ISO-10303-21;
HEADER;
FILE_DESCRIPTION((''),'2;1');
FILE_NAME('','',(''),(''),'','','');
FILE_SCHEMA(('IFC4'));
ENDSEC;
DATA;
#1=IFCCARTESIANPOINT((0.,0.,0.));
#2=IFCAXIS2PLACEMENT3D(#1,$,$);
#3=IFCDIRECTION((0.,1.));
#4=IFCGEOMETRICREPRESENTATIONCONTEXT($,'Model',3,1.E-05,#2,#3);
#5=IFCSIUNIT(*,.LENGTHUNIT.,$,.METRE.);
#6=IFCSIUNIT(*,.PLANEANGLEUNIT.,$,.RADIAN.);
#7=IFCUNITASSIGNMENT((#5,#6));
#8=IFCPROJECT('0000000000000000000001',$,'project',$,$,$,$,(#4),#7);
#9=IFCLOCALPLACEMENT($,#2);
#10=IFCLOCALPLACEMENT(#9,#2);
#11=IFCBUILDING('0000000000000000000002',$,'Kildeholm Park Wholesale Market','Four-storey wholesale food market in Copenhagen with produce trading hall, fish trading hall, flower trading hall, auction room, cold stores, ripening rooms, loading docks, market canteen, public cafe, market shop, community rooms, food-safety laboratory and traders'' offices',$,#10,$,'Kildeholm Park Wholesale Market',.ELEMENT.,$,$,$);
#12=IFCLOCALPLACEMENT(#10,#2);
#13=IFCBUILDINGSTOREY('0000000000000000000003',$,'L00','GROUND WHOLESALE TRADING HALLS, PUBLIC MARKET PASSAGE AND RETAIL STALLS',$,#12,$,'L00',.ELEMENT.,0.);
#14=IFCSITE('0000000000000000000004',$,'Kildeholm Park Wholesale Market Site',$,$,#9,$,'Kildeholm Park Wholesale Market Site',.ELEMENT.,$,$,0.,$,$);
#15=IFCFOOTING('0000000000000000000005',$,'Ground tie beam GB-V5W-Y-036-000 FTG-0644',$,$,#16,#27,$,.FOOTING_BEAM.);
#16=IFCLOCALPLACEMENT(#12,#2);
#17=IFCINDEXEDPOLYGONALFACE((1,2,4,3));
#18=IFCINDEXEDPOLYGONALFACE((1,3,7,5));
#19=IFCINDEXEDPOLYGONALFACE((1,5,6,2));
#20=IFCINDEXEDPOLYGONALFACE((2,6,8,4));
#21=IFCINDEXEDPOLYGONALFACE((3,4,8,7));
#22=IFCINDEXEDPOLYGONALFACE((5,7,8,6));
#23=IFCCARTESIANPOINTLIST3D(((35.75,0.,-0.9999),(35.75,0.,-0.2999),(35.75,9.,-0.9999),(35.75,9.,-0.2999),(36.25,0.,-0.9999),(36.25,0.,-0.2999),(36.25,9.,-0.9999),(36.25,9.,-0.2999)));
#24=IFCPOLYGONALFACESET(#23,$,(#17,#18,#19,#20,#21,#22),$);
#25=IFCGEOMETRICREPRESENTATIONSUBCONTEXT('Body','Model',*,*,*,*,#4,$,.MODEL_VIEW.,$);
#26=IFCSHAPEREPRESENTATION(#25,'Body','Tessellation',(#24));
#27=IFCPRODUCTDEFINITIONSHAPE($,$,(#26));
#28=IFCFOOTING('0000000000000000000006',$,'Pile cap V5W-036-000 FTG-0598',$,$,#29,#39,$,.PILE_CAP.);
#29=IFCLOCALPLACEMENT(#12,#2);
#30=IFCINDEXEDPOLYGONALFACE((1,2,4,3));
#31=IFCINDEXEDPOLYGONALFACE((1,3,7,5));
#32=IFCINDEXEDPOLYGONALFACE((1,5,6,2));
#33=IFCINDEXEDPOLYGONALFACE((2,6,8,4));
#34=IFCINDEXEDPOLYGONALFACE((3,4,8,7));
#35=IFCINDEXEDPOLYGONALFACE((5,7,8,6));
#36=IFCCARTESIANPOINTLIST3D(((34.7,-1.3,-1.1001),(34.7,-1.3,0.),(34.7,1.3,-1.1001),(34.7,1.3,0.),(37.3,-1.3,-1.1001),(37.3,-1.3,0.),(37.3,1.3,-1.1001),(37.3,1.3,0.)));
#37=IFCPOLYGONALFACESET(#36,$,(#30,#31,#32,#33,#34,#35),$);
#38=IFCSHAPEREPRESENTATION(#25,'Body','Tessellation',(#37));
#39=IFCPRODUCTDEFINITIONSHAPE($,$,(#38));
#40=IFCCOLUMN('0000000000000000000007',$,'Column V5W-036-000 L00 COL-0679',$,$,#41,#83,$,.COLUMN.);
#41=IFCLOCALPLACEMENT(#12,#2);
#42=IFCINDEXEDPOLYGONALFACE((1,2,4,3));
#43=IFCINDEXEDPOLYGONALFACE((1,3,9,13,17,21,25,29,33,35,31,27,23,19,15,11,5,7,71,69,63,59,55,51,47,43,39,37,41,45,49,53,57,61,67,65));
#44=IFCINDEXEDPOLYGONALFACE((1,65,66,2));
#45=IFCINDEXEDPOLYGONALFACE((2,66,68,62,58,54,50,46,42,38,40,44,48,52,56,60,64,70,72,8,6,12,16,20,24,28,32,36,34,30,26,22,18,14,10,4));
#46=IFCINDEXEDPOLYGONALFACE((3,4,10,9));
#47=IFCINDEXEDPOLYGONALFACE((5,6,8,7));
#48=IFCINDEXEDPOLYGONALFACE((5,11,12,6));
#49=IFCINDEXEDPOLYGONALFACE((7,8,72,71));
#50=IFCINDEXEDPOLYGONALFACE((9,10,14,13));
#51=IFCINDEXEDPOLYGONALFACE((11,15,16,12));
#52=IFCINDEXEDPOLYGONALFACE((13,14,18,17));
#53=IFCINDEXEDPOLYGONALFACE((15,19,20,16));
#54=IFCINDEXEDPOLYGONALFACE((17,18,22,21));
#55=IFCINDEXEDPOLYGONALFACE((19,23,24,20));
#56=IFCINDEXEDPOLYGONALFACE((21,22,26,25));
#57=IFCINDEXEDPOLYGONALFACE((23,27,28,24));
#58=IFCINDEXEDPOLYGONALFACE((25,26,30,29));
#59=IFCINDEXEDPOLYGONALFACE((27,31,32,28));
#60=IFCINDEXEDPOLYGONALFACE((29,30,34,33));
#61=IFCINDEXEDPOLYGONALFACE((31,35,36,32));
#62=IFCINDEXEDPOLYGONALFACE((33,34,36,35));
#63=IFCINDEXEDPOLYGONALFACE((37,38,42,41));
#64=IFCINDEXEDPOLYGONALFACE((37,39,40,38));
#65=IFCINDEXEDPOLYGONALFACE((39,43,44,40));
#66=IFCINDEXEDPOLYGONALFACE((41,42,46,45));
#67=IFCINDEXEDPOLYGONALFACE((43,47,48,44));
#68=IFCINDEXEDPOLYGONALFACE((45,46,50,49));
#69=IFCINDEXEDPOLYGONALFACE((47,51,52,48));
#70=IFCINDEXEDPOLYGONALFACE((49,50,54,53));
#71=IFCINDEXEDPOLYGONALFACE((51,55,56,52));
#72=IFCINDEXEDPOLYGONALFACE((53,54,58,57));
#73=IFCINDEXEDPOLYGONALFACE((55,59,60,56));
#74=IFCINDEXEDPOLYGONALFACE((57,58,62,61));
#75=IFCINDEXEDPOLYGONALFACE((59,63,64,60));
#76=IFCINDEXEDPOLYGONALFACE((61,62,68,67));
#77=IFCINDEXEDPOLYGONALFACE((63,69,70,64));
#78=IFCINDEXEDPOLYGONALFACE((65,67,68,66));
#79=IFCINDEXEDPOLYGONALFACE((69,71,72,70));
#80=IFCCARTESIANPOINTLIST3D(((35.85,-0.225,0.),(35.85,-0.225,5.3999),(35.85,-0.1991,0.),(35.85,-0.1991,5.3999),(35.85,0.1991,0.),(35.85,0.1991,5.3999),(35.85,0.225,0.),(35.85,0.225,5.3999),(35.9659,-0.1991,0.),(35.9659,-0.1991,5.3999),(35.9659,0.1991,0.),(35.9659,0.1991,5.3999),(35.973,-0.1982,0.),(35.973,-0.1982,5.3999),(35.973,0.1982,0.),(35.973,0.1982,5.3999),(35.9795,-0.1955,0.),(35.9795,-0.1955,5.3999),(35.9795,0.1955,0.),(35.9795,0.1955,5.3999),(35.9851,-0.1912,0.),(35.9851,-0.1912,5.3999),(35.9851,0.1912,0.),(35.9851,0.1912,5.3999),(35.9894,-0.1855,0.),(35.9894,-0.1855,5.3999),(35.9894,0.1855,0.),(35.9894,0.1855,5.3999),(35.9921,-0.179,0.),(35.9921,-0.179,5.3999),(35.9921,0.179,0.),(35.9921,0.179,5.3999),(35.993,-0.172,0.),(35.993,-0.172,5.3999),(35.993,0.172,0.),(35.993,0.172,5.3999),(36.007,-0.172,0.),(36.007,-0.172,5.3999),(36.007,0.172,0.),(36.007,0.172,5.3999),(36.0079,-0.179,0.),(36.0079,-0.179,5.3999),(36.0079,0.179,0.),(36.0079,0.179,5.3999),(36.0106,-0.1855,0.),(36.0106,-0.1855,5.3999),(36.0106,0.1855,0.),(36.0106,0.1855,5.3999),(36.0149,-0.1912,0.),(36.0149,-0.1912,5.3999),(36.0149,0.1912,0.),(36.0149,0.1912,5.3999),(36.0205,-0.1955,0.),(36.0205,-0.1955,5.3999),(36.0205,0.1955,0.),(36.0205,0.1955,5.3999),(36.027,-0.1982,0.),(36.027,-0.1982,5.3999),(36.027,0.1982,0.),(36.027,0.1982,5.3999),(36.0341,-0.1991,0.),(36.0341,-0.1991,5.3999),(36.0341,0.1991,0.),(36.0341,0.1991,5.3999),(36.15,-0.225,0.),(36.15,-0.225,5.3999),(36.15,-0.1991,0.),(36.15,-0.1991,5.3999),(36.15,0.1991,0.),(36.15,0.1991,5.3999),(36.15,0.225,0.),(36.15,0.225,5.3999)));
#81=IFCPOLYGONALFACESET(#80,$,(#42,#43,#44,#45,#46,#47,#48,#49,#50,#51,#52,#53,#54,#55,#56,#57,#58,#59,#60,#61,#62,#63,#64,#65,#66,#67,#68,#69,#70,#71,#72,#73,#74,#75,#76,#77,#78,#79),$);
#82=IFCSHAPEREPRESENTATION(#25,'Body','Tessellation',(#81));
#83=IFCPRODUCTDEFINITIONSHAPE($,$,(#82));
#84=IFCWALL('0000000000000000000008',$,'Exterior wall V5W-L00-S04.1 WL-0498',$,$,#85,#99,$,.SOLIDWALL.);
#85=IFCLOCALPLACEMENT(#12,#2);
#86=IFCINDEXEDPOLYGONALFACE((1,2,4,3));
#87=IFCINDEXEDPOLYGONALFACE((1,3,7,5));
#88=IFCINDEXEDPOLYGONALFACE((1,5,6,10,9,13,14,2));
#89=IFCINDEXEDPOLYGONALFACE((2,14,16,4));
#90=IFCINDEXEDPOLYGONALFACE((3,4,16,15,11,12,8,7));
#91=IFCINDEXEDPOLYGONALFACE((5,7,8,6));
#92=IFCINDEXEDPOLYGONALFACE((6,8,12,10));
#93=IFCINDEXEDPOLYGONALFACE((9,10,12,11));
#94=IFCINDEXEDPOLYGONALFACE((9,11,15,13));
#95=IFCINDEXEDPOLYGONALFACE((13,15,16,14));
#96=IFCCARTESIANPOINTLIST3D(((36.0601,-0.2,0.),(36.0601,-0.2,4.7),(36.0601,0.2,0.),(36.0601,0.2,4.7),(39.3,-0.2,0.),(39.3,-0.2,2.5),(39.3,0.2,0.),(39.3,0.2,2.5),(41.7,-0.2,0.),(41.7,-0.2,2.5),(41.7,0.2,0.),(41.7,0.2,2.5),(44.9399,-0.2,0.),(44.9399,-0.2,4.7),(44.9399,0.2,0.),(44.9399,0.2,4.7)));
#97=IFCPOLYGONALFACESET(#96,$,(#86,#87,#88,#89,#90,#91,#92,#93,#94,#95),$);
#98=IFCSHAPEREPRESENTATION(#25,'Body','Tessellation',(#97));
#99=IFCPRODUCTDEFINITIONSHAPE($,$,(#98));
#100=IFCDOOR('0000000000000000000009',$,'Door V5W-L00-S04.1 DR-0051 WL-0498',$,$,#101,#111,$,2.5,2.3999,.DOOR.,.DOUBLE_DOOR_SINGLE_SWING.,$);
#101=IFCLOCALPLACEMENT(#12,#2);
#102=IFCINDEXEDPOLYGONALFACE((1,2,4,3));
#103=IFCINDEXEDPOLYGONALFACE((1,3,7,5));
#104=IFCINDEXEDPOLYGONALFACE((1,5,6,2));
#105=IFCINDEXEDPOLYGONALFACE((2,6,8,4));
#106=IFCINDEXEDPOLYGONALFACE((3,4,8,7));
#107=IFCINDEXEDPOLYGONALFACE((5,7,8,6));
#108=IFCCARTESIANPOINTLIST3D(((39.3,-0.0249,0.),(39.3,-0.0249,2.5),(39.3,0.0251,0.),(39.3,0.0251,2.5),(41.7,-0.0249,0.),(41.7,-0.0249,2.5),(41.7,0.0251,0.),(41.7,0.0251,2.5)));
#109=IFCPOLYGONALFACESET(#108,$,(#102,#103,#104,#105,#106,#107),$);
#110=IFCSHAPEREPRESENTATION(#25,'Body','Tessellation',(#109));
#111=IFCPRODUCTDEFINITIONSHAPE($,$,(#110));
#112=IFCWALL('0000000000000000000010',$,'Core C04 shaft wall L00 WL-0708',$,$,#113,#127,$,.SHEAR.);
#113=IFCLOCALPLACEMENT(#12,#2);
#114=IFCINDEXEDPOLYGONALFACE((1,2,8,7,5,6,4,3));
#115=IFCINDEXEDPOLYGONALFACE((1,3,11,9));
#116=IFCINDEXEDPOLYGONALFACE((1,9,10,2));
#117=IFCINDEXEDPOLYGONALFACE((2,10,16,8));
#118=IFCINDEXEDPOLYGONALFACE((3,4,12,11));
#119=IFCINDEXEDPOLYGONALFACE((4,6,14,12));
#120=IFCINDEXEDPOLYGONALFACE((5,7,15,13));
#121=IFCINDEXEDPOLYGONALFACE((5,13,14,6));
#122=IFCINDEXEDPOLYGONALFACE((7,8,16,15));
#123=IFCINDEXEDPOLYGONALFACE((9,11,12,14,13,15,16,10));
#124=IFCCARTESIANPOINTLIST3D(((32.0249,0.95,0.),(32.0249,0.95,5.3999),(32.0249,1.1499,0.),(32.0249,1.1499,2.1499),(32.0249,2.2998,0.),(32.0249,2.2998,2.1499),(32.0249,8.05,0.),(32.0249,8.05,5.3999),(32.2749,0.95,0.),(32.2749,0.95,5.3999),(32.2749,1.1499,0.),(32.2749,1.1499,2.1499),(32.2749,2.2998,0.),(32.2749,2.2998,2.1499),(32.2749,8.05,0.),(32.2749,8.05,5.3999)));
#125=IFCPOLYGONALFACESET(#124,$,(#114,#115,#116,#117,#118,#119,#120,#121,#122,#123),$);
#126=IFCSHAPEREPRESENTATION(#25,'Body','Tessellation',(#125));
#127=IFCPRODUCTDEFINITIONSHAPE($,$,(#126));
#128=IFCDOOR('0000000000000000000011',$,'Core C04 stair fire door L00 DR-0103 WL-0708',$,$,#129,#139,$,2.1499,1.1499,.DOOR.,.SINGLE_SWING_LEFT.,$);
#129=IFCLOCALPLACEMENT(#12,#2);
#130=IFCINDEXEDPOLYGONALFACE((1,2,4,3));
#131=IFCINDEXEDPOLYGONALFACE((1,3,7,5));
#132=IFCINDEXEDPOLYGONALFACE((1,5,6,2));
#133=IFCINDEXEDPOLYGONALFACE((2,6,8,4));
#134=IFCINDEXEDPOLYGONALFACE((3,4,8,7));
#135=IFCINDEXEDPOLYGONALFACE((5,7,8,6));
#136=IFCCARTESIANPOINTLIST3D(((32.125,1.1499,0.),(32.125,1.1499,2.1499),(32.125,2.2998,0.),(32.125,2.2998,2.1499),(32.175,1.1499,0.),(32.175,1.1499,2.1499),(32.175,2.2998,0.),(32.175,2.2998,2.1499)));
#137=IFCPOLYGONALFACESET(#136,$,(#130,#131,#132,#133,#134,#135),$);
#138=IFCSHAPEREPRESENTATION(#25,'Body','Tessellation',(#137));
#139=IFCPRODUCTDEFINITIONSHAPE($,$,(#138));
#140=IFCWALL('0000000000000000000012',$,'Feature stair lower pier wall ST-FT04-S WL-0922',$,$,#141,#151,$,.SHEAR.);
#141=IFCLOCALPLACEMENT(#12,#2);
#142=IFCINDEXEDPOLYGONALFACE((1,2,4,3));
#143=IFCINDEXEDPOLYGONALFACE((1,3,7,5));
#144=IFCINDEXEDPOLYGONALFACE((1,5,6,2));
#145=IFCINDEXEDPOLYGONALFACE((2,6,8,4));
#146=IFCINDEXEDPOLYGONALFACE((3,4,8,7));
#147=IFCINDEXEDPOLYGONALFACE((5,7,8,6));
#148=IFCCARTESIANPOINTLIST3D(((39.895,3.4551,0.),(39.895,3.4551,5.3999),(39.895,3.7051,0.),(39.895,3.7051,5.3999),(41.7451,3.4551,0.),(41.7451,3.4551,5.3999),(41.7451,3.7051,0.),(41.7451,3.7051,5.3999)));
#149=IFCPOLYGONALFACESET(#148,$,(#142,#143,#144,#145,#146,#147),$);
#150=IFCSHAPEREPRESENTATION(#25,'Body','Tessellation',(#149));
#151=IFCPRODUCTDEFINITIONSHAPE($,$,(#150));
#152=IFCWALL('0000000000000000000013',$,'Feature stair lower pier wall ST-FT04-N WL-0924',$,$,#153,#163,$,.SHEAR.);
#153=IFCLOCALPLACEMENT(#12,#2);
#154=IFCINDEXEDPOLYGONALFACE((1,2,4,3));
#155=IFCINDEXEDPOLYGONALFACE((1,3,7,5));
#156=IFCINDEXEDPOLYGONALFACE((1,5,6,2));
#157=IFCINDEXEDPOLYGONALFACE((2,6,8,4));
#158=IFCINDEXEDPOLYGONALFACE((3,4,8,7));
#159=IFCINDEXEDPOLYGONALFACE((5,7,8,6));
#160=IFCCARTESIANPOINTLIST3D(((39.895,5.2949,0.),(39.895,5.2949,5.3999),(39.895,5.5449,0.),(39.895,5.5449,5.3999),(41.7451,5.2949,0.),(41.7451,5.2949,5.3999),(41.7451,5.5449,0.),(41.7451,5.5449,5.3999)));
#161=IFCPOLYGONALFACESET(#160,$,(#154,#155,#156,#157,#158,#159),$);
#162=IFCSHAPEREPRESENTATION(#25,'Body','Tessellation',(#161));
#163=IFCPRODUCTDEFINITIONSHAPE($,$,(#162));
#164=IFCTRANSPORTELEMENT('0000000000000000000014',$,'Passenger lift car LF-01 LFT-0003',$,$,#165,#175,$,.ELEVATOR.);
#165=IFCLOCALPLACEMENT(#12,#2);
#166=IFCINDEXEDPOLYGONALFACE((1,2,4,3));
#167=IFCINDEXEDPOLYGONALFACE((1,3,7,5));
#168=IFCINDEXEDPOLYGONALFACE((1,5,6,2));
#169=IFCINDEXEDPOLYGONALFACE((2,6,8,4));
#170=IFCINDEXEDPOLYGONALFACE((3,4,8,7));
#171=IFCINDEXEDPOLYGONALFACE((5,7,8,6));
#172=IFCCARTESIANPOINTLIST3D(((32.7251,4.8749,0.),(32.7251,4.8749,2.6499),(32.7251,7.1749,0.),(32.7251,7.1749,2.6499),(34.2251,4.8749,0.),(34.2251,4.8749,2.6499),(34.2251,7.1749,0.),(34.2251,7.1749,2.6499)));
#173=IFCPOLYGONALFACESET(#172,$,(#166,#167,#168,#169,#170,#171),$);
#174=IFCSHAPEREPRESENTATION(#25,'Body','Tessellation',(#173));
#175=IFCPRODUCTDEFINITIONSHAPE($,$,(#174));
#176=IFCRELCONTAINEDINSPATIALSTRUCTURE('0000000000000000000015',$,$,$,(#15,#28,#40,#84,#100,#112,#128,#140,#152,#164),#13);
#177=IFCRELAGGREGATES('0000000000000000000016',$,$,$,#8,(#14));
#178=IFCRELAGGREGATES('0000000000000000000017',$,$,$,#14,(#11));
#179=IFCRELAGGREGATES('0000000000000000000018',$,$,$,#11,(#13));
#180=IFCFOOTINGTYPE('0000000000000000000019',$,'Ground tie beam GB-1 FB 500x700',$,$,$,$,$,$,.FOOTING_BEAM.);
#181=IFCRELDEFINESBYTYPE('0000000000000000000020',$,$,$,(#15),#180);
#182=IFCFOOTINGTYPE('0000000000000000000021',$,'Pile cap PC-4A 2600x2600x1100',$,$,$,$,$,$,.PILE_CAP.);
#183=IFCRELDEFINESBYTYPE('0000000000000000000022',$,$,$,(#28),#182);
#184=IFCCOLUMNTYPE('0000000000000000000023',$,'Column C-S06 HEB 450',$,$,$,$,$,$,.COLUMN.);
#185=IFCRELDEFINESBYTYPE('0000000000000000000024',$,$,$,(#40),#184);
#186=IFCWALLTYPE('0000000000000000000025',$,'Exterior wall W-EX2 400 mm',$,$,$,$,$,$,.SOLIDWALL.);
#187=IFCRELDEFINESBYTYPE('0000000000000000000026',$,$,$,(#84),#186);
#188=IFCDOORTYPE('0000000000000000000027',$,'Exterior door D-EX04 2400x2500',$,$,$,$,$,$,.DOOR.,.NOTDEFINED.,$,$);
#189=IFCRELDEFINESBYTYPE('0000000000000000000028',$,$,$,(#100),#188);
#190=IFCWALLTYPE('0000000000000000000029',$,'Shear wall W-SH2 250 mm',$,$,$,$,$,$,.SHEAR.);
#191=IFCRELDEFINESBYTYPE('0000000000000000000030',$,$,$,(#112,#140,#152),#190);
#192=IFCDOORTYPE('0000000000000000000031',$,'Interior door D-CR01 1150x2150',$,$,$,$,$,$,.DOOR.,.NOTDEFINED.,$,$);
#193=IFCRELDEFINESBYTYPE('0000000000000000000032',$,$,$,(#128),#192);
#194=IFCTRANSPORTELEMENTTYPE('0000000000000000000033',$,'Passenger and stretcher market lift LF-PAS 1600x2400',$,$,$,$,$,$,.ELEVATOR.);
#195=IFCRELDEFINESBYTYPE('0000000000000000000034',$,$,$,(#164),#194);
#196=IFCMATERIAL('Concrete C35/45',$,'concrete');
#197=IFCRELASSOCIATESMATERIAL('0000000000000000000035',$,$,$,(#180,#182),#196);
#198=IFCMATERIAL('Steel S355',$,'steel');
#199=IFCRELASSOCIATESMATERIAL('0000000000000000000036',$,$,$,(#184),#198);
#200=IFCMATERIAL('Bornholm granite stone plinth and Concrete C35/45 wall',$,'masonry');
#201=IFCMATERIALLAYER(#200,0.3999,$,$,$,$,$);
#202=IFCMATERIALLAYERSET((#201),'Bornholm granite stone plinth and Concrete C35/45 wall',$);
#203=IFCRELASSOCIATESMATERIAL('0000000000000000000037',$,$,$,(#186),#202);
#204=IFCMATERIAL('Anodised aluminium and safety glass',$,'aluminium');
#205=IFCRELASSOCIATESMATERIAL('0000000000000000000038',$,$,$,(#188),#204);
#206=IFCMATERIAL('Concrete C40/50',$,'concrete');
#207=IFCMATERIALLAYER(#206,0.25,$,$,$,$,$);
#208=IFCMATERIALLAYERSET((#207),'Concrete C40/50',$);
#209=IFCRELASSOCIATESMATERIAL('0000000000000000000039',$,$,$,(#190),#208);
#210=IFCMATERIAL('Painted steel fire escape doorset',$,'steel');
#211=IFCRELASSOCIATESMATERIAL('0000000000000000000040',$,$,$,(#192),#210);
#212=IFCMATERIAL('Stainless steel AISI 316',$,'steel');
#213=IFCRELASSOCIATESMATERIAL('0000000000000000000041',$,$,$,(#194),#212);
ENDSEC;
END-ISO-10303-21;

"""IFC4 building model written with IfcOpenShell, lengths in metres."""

from ifc_helpers import new_model, si_unit, direction, frame, frame_2d, origin, origin_2d, place, context, subcontext, project, spatial, rectangle, i_section, extrude, material, layer, layer_set, material_profile, profile_set, type_object, element, fill, save


model = new_model("IFC4")

# Units and contexts
model_context = context("Model", 3, precision=1e-05, world=origin(), true_north=direction((0.0, 1.0)))
body_context = subcontext(model_context, "Body", "Model", "MODEL_VIEW")
ifc_project = project(units=[si_unit("LENGTHUNIT", "METRE"), si_unit("PLANEANGLEUNIT", "RADIAN")], contexts=[model_context])

# Site, building, storey
site_placement = place(None, origin())
site = spatial("IfcSite", under=ifc_project, at=site_placement, Name="Kildeholm Park Wholesale Market Site", LongName="Kildeholm Park Wholesale Market Site", CompositionType="ELEMENT", RefElevation=0.0)
building_placement = place(site_placement, origin())
building = spatial("IfcBuilding", under=site, at=building_placement, Name="Kildeholm Park Wholesale Market", Description="Four-storey wholesale food market in Copenhagen with produce trading hall, fish trading hall, flower trading hall, auction room, cold stores, ripening rooms, loading docks, market canteen, public cafe, market shop, community rooms, food-safety laboratory and traders' offices", LongName="Kildeholm Park Wholesale Market", CompositionType="ELEMENT")
storey_placement = place(building_placement, origin())
storey = spatial("IfcBuildingStorey", under=building, at=storey_placement, Name="L00", Description="GROUND WHOLESALE TRADING HALLS, PUBLIC MARKET PASSAGE AND RETAIL STALLS", LongName="L00", CompositionType="ELEMENT", Elevation=0.0)

# Shared definitions
ifc_material_1 = material(Name="Concrete C35/45", Category="concrete")

# Footings
ifc_material_profile_1 = material_profile(ifc_material_1, rectangle(XDim=0.5, YDim=0.7, at=origin_2d()), Name="FB 500x700")
ifc_profile_set_1 = profile_set([ifc_material_profile_1], Name="Concrete C35/45")
footing_type_1 = type_object("IfcFootingType", Name="Ground tie beam GB-1 FB 500x700", PredefinedType="FOOTING_BEAM", material=ifc_profile_set_1)
for number, where, z_axis, x_axis, name in (
    (1, (36.0, 0.0, -0.6499), (0.0, 1.0, 0.0), (-1.0, 0.0, 0.0), "Ground tie beam GB-V5W-Y-036-000 FTG-0644"),
):
    element("IfcFooting", number, at=place(storey_placement, frame(where, z_axis=z_axis, x_axis=x_axis)), inside=storey, type_object=footing_type_1, Name=name, PredefinedType="FOOTING_BEAM", context=body_context, shape_type="SweptSolid", body=[
        extrude(rectangle(XDim=0.5, YDim=0.7, at=origin_2d()), origin(), (0.0, 0.0, 1.0), 9.0),
    ])
footing_type_2 = type_object("IfcFootingType", Name="Pile cap PC-4A 2600x2600x1100", PredefinedType="PILE_CAP", material=ifc_material_1)
footing_placement = place(storey_placement, frame((36.0, 0.0, -1.1001), z_axis=(0.0, 0.0, 1.0), x_axis=(1.0, 0.0, 0.0)))
element("IfcFooting", 2, at=footing_placement, inside=storey, type_object=footing_type_2, Name="Pile cap V5W-036-000 FTG-0598", PredefinedType="PILE_CAP", context=body_context, shape_type="SweptSolid", body=[
    extrude(rectangle(XDim=2.6001, YDim=2.6001, at=origin_2d()), origin(), (0.0, 0.0, 1.0), 1.1001),
])

# Column
ifc_material_2 = material(Name="Steel S355", Category="steel")
ifc_material_profile_2 = material_profile(ifc_material_2, i_section(OverallWidth=0.3, OverallDepth=0.45, WebThickness=0.0139, FlangeThickness=0.0259, FilletRadius=0.0271, at=origin_2d()), Name="HEB 450")
ifc_profile_set_2 = profile_set([ifc_material_profile_2], Name="Steel S355")
column_type = type_object("IfcColumnType", Name="Column C-S06 HEB 450", PredefinedType="COLUMN", material=ifc_profile_set_2)
column_placement = place(storey_placement, frame((36.0, 0.0, 0.0), z_axis=(0.0, 0.0, 1.0), x_axis=(1.0, 0.0, 0.0)))
element("IfcColumn", 3, at=column_placement, inside=storey, type_object=column_type, Name="Column V5W-036-000 L00 COL-0679", PredefinedType="COLUMN", context=body_context, shape_type="SweptSolid", body=[
    extrude(i_section(OverallWidth=0.3, OverallDepth=0.45, WebThickness=0.0139, FlangeThickness=0.0259, FilletRadius=0.0271, at=origin_2d()), origin(), (0.0, 0.0, 1.0), 5.3999),
])

# Walls, openings, doors
ifc_material_3 = material(Name="Bornholm granite stone plinth and Concrete C35/45 wall", Category="masonry")
ifc_layer_1 = layer(ifc_material_3, 0.3999)
ifc_layer_set_1 = layer_set([ifc_layer_1], Name="Bornholm granite stone plinth and Concrete C35/45 wall")
wall_type_1 = type_object("IfcWallType", Name="Exterior wall W-EX2 400 mm", PredefinedType="SOLIDWALL", material=ifc_layer_set_1)
wall_1_placement = place(storey_placement, frame((36.0601, 0.0, 0.0), z_axis=(0.0, 0.0, 1.0), x_axis=(1.0, 0.0, 0.0)))
wall_1 = element("IfcWall", 4, at=wall_1_placement, inside=storey, type_object=wall_type_1, Name="Exterior wall V5W-L00-S04.1 WL-0498", PredefinedType="SOLIDWALL", context=body_context, shape_type="SweptSolid", body=[
    extrude(rectangle(XDim=8.8799, YDim=0.3999, at=frame_2d((4.4399, 0.0))), origin(), (0.0, 0.0, 1.0), 4.7),
])
opening_1_placement = place(wall_1_placement, frame((3.24, 0.0, 0.0)))
opening_1 = element("IfcOpeningElement", 5, at=opening_1_placement, cuts=wall_1, PredefinedType="OPENING", context=body_context, shape_type="SweptSolid", body=[
    extrude(rectangle(XDim=2.3999, YDim=2.5, at=frame_2d((1.2, 1.25))), frame((0.0, 0.21, 0.0), z_axis=(0.0, -1.0, 0.0), x_axis=(1.0, 0.0, 0.0)), (0.0, 0.0, 1.0), 0.4199),
])
ifc_material_4 = material(Name="Anodised aluminium and safety glass", Category="aluminium")
door_type_1 = type_object("IfcDoorType", Name="Exterior door D-EX04 2400x2500", OperationType="NOTDEFINED", PredefinedType="DOOR", material=ifc_material_4)
door_1_placement = place(opening_1_placement, frame((2.3999, 0.0, 0.0), z_axis=(0.0, 0.0, 1.0), x_axis=(-1.0, 0.0, 0.0)))
door_1 = element("IfcDoor", 6, at=door_1_placement, inside=storey, type_object=door_type_1, Name="Door V5W-L00-S04.1 DR-0051 WL-0498", OperationType="DOUBLE_DOOR_SINGLE_SWING", OverallHeight=2.5, OverallWidth=2.3999, PredefinedType="DOOR", context=body_context, shape_type="SweptSolid", body=[
    extrude(rectangle(XDim=2.3999, YDim=2.5, at=frame_2d((1.2, 1.25))), frame((0.0, 0.0249, 0.0), z_axis=(0.0, -1.0, 0.0), x_axis=(1.0, 0.0, 0.0)), (0.0, 0.0, 1.0), 0.05),
])
fill(opening_1, door_1)
ifc_material_5 = material(Name="Concrete C40/50", Category="concrete")
ifc_layer_2 = layer(ifc_material_5, 0.25)
ifc_layer_set_2 = layer_set([ifc_layer_2], Name="Concrete C40/50")
wall_type_2 = type_object("IfcWallType", Name="Shear wall W-SH2 250 mm", PredefinedType="SHEAR", material=ifc_layer_set_2)
wall_2_placement = place(storey_placement, frame((32.1499, 0.95, 0.0), z_axis=(0.0, 0.0, 1.0), x_axis=(0.0, 1.0, 0.0)))
wall_2 = element("IfcWall", 7, at=wall_2_placement, inside=storey, type_object=wall_type_2, Name="Core C04 shaft wall L00 WL-0708", PredefinedType="SHEAR", context=body_context, shape_type="SweptSolid", body=[
    extrude(rectangle(XDim=7.1001, YDim=0.25, at=frame_2d((3.55, 0.0))), origin(), (0.0, 0.0, 1.0), 5.3999),
])
opening_2_placement = place(wall_2_placement, frame((0.2, 0.0, 0.0)))
opening_2 = element("IfcOpeningElement", 8, at=opening_2_placement, cuts=wall_2, PredefinedType="OPENING", context=body_context, shape_type="SweptSolid", body=[
    extrude(rectangle(XDim=1.1499, YDim=2.1499, at=frame_2d((0.575, 1.075))), frame((0.0, 0.135, 0.0), z_axis=(0.0, -1.0, 0.0), x_axis=(1.0, 0.0, 0.0)), (0.0, 0.0, 1.0), 0.27),
])
ifc_material_6 = material(Name="Painted steel fire escape doorset", Category="steel")
door_type_2 = type_object("IfcDoorType", Name="Interior door D-CR01 1150x2150", OperationType="NOTDEFINED", PredefinedType="DOOR", material=ifc_material_6)
door_2_placement = place(opening_2_placement, origin())
door_2 = element("IfcDoor", 9, at=door_2_placement, inside=storey, type_object=door_type_2, Name="Core C04 stair fire door L00 DR-0103 WL-0708", OperationType="SINGLE_SWING_LEFT", OverallHeight=2.1499, OverallWidth=1.1499, PredefinedType="DOOR", context=body_context, shape_type="SweptSolid", body=[
    extrude(rectangle(XDim=1.1499, YDim=2.1499, at=frame_2d((0.575, 1.075))), frame((0.0, 0.0249, 0.0), z_axis=(0.0, -1.0, 0.0), x_axis=(1.0, 0.0, 0.0)), (0.0, 0.0, 1.0), 0.05),
])
fill(opening_2, door_2)

# Walls
for number, where, z_axis, x_axis, name in (
    (10, (39.895, 3.5801, 0.0), (0.0, 0.0, 1.0), (1.0, 0.0, 0.0), "Feature stair lower pier wall ST-FT04-S WL-0922"),
    (11, (39.895, 5.4199, 0.0), (0.0, 0.0, 1.0), (1.0, 0.0, 0.0), "Feature stair lower pier wall ST-FT04-N WL-0924"),
):
    element("IfcWall", number, at=place(storey_placement, frame(where, z_axis=z_axis, x_axis=x_axis)), inside=storey, type_object=wall_type_2, Name=name, PredefinedType="SHEAR", context=body_context, shape_type="SweptSolid", body=[
        extrude(rectangle(XDim=1.8501, YDim=0.25, at=frame_2d((0.925, 0.0))), origin(), (0.0, 0.0, 1.0), 5.3999),
    ])

# Transport element
ifc_material_7 = material(Name="Stainless steel AISI 316", Category="steel")
transport_element_type = type_object("IfcTransportElementType", Name="Passenger and stretcher market lift LF-PAS 1600x2400", PredefinedType="ELEVATOR", material=ifc_material_7)
transport_element_placement = place(storey_placement, frame((33.4751, 6.0249, 0.0), z_axis=(0.0, 0.0, 1.0), x_axis=(1.0, 0.0, 0.0)))
element("IfcTransportElement", 12, at=transport_element_placement, inside=storey, type_object=transport_element_type, Name="Passenger lift car LF-01 LFT-0003", PredefinedType="ELEVATOR", context=body_context, shape_type="SweptSolid", body=[
    extrude(rectangle(XDim=1.5, YDim=2.3, at=origin_2d()), origin(), (0.0, 0.0, 1.0), 2.6499),
])

save(model, "model.ifc")
